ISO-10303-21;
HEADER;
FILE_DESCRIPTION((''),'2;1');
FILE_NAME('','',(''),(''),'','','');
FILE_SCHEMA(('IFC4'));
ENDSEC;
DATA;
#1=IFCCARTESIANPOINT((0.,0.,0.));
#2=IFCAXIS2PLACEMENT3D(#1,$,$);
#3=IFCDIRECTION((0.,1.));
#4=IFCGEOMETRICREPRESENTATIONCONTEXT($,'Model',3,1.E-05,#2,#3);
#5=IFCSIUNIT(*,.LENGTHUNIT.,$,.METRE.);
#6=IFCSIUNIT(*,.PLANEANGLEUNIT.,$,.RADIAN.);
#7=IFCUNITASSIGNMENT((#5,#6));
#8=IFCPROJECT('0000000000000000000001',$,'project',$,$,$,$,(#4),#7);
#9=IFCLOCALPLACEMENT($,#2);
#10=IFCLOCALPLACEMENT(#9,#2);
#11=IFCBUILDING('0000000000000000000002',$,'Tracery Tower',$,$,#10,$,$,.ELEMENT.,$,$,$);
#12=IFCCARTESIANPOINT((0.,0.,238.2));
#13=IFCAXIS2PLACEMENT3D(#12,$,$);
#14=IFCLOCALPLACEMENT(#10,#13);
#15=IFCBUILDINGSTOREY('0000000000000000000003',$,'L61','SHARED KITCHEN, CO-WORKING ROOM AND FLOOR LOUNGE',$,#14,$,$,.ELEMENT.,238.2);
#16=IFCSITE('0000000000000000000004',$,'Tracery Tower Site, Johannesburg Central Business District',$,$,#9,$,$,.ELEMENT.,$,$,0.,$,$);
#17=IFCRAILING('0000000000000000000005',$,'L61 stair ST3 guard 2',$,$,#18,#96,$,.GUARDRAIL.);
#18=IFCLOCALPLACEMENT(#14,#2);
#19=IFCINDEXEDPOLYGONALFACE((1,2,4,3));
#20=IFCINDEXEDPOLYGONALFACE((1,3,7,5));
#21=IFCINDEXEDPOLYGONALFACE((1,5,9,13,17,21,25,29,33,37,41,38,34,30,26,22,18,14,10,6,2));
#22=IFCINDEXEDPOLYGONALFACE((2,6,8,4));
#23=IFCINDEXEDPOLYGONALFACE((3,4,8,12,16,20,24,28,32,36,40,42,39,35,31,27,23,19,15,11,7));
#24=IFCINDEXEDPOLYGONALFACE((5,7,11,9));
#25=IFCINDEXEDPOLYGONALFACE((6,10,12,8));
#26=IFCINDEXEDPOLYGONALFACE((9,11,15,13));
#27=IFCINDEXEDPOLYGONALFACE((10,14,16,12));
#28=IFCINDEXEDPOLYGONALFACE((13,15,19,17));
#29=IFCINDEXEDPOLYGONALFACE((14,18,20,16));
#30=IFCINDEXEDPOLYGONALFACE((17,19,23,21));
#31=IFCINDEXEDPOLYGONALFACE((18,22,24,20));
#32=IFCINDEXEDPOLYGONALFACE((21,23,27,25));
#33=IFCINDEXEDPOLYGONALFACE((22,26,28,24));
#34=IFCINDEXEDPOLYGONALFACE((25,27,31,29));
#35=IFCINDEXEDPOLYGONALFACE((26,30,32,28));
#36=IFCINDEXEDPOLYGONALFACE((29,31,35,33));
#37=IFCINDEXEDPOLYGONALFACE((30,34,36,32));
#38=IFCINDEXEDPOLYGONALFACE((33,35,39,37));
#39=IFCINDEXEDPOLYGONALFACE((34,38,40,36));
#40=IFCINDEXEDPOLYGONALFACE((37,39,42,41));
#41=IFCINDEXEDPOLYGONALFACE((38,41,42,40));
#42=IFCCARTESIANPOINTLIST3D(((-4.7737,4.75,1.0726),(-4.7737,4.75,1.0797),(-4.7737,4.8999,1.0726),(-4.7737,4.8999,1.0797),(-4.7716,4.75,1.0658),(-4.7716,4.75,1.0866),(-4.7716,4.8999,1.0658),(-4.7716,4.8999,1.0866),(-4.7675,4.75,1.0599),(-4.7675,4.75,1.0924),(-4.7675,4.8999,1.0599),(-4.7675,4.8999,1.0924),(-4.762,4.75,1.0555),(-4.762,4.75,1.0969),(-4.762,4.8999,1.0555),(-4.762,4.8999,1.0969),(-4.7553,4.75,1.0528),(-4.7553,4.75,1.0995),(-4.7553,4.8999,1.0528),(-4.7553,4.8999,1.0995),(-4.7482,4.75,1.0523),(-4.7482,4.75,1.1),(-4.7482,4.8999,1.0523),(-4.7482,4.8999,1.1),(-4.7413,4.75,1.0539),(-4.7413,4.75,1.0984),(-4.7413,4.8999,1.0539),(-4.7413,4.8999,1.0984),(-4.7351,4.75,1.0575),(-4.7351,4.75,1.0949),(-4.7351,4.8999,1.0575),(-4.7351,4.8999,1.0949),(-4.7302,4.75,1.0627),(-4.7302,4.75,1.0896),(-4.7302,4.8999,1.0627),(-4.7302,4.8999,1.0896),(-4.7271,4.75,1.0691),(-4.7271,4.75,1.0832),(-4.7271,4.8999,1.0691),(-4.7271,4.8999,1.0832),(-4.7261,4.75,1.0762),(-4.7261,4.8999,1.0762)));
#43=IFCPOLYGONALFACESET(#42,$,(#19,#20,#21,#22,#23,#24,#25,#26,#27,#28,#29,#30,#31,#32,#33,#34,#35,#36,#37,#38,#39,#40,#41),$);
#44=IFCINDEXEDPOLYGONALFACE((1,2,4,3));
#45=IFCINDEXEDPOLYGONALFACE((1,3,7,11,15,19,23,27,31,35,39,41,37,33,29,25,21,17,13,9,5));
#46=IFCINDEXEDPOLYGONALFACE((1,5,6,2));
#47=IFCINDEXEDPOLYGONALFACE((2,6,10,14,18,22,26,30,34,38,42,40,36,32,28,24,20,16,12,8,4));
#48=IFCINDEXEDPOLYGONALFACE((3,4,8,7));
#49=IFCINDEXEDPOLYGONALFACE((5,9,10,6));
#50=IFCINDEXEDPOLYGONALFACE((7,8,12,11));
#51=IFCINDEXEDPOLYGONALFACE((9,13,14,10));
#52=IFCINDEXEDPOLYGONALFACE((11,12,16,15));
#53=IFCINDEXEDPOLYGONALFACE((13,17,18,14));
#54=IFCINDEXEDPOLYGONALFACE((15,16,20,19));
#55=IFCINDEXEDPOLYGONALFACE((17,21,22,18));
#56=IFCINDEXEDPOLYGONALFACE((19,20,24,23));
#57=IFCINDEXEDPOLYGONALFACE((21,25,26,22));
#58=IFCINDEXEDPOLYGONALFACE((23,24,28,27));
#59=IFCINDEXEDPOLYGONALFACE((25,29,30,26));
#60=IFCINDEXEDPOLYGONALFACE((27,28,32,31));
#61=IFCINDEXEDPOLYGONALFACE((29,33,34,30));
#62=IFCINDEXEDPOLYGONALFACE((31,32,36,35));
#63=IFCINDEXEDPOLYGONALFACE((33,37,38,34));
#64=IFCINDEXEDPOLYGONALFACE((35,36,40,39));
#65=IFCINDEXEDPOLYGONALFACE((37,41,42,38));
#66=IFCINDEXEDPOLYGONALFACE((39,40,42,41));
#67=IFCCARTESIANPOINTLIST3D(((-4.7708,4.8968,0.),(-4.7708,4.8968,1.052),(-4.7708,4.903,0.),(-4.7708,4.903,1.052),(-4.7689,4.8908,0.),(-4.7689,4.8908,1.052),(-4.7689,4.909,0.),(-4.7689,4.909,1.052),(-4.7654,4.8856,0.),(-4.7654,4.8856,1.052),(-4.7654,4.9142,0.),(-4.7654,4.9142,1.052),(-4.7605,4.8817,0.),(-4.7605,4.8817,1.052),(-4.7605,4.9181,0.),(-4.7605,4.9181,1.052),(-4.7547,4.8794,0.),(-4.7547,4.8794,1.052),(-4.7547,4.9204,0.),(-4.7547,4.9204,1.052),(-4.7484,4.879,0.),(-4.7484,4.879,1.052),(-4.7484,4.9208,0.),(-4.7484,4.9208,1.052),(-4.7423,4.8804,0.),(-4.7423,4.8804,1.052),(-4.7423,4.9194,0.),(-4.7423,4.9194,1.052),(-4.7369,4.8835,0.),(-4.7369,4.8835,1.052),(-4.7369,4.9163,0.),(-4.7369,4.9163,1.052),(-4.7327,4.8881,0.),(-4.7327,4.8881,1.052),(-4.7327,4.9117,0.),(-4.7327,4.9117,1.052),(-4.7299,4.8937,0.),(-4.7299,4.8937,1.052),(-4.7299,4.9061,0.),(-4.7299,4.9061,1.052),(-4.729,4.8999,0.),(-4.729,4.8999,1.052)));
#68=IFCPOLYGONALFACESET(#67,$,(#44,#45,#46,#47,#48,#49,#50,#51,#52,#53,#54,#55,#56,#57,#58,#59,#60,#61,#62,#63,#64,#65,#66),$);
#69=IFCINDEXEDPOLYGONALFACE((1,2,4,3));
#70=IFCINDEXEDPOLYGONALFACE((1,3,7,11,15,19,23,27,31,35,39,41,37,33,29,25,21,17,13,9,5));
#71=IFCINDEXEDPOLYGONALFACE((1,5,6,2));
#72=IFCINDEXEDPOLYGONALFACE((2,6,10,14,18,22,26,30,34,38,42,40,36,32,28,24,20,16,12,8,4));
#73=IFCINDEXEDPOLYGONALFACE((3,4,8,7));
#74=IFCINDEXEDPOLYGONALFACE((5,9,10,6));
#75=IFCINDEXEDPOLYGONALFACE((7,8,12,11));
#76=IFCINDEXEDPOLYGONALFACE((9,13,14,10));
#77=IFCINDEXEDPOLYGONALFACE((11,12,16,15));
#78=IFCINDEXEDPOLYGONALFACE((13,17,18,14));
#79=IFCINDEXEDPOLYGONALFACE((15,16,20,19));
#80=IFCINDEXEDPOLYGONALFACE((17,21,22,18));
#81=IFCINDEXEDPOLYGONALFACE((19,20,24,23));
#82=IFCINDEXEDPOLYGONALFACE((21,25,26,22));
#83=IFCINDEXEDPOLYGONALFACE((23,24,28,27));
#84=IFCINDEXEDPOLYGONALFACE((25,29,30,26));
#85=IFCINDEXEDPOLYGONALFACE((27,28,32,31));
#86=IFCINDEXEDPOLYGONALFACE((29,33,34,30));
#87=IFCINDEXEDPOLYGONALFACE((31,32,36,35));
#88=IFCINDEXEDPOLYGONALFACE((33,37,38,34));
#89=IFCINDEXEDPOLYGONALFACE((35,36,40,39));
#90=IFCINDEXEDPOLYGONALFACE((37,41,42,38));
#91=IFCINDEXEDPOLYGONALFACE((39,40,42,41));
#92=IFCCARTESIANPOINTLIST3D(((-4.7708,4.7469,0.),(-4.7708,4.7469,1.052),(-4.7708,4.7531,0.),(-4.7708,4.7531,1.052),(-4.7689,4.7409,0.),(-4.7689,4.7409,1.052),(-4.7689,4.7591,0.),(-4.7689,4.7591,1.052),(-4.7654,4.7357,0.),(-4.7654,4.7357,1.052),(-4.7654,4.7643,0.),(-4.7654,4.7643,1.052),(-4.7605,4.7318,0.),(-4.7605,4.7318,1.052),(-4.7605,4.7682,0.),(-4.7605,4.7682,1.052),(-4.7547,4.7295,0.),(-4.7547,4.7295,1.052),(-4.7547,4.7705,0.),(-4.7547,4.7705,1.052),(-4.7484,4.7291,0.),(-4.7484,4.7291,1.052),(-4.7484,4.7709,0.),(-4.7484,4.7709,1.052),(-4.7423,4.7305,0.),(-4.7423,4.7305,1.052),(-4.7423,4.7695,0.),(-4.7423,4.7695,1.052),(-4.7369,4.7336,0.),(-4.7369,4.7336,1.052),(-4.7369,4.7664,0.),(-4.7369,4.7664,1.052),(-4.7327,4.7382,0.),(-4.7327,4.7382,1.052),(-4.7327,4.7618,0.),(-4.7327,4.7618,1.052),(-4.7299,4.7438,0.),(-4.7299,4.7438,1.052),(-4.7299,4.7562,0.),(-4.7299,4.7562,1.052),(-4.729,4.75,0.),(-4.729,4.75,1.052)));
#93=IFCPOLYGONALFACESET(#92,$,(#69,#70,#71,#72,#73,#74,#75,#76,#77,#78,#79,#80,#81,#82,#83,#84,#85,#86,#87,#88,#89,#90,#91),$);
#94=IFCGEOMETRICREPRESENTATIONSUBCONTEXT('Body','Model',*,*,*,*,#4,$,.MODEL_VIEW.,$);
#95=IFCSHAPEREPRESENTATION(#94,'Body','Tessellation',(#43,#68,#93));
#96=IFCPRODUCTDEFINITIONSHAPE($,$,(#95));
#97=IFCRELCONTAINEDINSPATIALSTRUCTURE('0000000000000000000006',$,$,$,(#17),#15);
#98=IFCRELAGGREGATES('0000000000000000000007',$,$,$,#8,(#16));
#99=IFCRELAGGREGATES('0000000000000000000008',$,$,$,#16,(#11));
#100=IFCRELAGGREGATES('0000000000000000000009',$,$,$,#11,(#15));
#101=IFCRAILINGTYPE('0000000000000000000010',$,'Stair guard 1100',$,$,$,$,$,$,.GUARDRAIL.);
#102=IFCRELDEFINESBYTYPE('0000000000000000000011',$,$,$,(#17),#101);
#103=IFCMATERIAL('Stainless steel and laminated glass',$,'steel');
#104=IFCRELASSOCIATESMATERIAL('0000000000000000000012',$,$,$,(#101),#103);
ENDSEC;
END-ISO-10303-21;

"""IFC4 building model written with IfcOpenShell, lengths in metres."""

from ifc_helpers import new_model, si_unit, direction, frame, origin, origin_2d, place, context, subcontext, project, spatial, circle, extrude, material, type_object, element, save


model = new_model("IFC4")

# Units and contexts
model_context = context("Model", 3, precision=1e-05, world=origin(), true_north=direction((0.0, 1.0)))
body_context = subcontext(model_context, "Body", "Model", "MODEL_VIEW")
ifc_project = project(units=[si_unit("LENGTHUNIT", "METRE"), si_unit("PLANEANGLEUNIT", "RADIAN")], contexts=[model_context])

# Site, building, storey
site_placement = place(None, origin())
site = spatial("IfcSite", under=ifc_project, at=site_placement, Name="Tracery Tower Site, Johannesburg Central Business District", CompositionType="ELEMENT", RefElevation=0.0)
building_placement = place(site_placement, origin())
building = spatial("IfcBuilding", under=site, at=building_placement, Name="Tracery Tower", CompositionType="ELEMENT")
storey_placement = place(building_placement, frame((0.0, 0.0, 238.2)))
storey = spatial("IfcBuildingStorey", under=building, at=storey_placement, Name="L61", Description="SHARED KITCHEN, CO-WORKING ROOM AND FLOOR LOUNGE", CompositionType="ELEMENT", Elevation=238.2)

# Railing
ifc_material_1 = material(Name="Stainless steel and laminated glass", Category="steel")
railing_type_1 = type_object("IfcRailingType", Name="Stair guard 1100", PredefinedType="GUARDRAIL", material=ifc_material_1)
railing_1_placement = place(storey_placement, frame((-4.75, 4.8999, 0.0)))
element("IfcRailing", 1, at=railing_1_placement, inside=storey, type_object=railing_type_1, Name="L61 stair ST3 guard 2", PredefinedType="GUARDRAIL", context=body_context, shape_type="SweptSolid", body=[
    extrude(circle(Radius=0.0239, at=origin_2d()), frame((0.0, 0.0, 1.0762), z_axis=(0.0, -1.0, 0.0), x_axis=(1.0, 0.0, 0.0)), (0.0, 0.0, 1.0), 0.1499),
    extrude(circle(Radius=0.021, at=origin_2d()), origin(), (0.0, 0.0, 1.0), 1.052),
    extrude(circle(Radius=0.021, at=origin_2d()), frame((0.0, -0.1499, 0.0)), (0.0, 0.0, 1.0), 1.052),
])

save(model, "model.ifc")
